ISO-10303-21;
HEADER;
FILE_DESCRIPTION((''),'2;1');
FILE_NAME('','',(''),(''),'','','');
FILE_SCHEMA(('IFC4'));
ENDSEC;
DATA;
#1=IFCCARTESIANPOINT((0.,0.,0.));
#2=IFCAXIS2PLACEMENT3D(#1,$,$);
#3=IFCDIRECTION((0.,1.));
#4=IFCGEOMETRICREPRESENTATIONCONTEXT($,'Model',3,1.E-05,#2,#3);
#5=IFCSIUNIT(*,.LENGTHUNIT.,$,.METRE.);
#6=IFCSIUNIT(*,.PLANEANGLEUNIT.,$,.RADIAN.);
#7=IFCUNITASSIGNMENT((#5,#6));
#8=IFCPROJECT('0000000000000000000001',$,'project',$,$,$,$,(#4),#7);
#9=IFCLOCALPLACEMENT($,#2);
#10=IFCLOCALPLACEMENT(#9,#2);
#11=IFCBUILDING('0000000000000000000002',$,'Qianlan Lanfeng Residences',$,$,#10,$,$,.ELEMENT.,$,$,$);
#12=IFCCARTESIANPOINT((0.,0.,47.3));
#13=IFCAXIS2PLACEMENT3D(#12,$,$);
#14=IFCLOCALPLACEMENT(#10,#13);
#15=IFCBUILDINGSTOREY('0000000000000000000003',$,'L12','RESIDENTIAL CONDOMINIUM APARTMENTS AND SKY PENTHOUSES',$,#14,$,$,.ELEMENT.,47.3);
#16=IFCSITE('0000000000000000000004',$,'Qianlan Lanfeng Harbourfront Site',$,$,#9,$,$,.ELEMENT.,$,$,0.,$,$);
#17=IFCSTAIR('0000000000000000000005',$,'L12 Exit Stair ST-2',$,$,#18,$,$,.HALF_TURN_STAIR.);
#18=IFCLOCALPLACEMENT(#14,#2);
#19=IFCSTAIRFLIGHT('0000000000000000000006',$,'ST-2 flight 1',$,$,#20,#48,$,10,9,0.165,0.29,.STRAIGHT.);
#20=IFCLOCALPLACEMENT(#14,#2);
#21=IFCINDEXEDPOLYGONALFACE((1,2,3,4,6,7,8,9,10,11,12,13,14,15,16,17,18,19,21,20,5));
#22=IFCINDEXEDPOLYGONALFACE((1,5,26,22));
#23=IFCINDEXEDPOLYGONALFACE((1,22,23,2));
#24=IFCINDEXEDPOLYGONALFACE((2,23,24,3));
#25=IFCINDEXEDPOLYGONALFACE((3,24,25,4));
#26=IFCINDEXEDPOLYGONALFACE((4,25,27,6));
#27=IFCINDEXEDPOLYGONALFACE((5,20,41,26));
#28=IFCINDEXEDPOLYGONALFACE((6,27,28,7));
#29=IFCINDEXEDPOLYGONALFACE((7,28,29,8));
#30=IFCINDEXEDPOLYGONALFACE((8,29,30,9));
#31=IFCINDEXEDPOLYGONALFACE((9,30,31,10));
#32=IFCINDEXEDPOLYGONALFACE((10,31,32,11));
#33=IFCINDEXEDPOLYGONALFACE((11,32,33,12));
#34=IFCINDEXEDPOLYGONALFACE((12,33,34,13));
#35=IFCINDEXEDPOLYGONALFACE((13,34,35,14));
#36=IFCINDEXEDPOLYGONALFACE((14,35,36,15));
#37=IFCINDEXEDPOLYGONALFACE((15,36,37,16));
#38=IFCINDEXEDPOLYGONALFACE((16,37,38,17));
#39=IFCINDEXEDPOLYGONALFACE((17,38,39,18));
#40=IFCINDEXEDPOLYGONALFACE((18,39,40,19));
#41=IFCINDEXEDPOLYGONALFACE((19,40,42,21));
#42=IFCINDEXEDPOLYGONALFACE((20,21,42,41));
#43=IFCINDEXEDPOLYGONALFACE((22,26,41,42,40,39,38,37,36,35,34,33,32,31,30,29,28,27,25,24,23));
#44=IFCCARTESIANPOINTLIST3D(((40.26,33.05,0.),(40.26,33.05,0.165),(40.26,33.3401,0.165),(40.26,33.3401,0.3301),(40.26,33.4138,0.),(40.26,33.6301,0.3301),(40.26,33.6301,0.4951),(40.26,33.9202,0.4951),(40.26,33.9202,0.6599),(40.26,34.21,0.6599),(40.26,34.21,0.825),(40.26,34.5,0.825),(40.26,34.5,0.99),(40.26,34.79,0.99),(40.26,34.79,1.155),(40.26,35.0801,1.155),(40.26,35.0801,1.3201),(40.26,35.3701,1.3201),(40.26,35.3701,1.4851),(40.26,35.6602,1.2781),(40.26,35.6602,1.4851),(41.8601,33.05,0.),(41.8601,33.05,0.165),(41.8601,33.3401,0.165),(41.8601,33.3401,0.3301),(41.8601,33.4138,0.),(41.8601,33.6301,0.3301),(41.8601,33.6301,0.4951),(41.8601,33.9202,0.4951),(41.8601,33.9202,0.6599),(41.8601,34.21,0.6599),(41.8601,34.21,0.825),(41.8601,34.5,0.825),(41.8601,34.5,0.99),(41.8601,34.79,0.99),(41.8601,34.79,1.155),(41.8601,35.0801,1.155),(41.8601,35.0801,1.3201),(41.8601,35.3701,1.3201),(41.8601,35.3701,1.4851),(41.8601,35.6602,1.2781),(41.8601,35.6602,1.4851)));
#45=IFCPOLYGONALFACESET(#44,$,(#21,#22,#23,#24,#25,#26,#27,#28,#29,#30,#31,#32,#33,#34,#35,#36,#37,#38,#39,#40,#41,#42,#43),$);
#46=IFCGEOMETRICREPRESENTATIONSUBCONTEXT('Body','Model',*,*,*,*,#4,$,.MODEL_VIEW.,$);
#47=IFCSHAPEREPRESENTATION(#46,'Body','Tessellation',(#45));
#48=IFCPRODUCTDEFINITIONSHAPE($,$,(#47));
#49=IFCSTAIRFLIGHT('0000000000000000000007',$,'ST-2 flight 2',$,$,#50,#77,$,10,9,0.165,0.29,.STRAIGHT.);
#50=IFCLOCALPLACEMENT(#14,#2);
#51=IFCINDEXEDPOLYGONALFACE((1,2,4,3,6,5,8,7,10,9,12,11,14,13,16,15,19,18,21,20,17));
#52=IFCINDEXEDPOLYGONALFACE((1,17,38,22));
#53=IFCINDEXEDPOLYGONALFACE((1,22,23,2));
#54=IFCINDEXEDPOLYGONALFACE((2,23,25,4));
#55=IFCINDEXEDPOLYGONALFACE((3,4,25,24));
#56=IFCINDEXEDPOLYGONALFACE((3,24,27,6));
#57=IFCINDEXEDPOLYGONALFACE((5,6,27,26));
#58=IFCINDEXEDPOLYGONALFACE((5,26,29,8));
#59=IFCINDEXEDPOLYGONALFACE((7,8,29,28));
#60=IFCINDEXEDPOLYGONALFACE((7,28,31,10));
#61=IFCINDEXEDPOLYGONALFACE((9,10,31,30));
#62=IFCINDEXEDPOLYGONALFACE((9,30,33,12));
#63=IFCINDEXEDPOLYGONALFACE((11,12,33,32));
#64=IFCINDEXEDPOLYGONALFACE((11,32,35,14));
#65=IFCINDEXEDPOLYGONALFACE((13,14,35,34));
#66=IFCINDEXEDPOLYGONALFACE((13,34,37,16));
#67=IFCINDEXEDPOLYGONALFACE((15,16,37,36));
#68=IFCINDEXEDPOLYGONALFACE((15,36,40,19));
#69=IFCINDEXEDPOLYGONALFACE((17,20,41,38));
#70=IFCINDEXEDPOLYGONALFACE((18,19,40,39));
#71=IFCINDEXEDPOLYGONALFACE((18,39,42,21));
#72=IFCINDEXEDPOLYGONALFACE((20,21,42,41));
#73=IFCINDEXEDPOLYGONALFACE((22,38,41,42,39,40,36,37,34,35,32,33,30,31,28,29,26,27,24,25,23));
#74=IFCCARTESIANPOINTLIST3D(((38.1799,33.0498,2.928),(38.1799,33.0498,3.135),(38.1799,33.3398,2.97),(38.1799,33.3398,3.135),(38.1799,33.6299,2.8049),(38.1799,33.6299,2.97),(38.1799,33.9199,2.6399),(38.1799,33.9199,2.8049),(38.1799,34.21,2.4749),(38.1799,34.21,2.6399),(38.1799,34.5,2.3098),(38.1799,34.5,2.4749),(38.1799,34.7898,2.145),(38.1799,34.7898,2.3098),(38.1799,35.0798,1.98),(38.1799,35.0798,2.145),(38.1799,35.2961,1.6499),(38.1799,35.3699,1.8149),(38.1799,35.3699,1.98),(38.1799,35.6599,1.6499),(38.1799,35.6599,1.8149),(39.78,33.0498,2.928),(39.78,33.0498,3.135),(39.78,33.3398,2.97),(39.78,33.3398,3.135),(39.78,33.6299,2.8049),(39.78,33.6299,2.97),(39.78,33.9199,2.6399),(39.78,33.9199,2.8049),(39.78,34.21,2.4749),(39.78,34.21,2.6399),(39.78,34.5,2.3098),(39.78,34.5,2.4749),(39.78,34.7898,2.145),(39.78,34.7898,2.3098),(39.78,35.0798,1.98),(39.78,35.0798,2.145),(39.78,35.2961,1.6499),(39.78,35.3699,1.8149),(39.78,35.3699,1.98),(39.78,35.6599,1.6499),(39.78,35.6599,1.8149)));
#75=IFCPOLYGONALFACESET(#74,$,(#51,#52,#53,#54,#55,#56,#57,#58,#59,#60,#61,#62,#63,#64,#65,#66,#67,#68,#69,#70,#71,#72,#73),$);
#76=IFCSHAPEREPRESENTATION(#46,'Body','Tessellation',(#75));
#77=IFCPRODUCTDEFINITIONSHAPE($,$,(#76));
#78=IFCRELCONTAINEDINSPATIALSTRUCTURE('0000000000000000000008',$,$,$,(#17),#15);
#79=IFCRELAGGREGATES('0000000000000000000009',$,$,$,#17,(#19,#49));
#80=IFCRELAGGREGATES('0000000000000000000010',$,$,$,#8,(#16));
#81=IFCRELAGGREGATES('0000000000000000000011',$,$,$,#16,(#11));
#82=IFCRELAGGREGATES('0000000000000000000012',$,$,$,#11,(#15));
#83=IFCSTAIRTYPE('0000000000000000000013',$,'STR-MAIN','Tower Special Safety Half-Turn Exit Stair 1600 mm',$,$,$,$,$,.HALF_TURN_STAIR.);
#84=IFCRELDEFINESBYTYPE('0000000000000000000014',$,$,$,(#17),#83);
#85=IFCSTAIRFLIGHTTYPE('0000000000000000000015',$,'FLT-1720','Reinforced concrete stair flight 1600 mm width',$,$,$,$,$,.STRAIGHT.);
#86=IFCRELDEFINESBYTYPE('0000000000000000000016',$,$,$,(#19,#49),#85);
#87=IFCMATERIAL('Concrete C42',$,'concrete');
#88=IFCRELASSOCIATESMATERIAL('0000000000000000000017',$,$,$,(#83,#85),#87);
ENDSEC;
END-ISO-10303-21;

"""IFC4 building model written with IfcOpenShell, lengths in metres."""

from ifc_helpers import new_model, si_unit, direction, frame, origin, place, context, subcontext, project, spatial, polyline, outline, extrude, material, type_object, element, aggregate, save


model = new_model("IFC4")

# Units and contexts
model_context = context("Model", 3, precision=1e-05, world=origin(), true_north=direction((0.0, 1.0)))
body_context = subcontext(model_context, "Body", "Model", "MODEL_VIEW")
ifc_project = project(units=[si_unit("LENGTHUNIT", "METRE"), si_unit("PLANEANGLEUNIT", "RADIAN")], contexts=[model_context])

# Site, building, storey
site_placement = place(None, origin())
site = spatial("IfcSite", under=ifc_project, at=site_placement, Name="Qianlan Lanfeng Harbourfront Site", CompositionType="ELEMENT", RefElevation=0.0)
building_placement = place(site_placement, origin())
building = spatial("IfcBuilding", under=site, at=building_placement, Name="Qianlan Lanfeng Residences", CompositionType="ELEMENT")
storey_placement = place(building_placement, frame((0.0, 0.0, 47.3)))
storey = spatial("IfcBuildingStorey", under=building, at=storey_placement, Name="L12", Description="RESIDENTIAL CONDOMINIUM APARTMENTS AND SKY PENTHOUSES", CompositionType="ELEMENT", Elevation=47.3)

# Shared definitions
ifc_material_1 = material(Name="Concrete C42", Category="concrete")

# Stair, stair flights
stair_type = type_object("IfcStairType", Name="STR-MAIN", Description="Tower Special Safety Half-Turn Exit Stair 1600 mm", PredefinedType="HALF_TURN_STAIR", material=ifc_material_1)
stair_placement = place(storey_placement, origin())
stair = element("IfcStair", 1, at=stair_placement, inside=storey, type_object=stair_type, Name="L12 Exit Stair ST-2", PredefinedType="HALF_TURN_STAIR")
stair_flight_type = type_object("IfcStairFlightType", Name="FLT-1720", Description="Reinforced concrete stair flight 1600 mm width", PredefinedType="STRAIGHT", material=ifc_material_1)
stair_flight_1_placement = place(storey_placement, frame((41.0601, 33.05, 0.0), z_axis=(0.0, 0.0, 1.0), x_axis=(0.0, 1.0, 0.0)))
stair_flight_1 = element("IfcStairFlight", 2, at=stair_flight_1_placement, type_object=stair_flight_type, Name="ST-2 flight 1", NumberOfRisers=10, NumberOfTreads=9, PredefinedType="STRAIGHT", RiserHeight=0.165, TreadLength=0.29, context=body_context, shape_type="SweptSolid", body=[
    extrude(outline(polyline([(0.0, 0.0), (0.0, 0.165), (0.29, 0.165), (0.29, 0.3301), (0.5801, 0.3301), (0.5801, 0.4951), (0.8701, 0.4951), (0.8701, 0.6599), (1.1599, 0.6599), (1.1599, 0.825), (1.45, 0.825), (1.45, 0.99), (1.74, 0.99), (1.74, 1.155), (2.03, 1.155), (2.03, 1.3201), (2.3201, 1.3201), (2.3201, 1.4851), (2.6101, 1.4851), (2.6101, 1.6499), (2.6101, 1.2781), (0.3638, 0.0), (0.0, 0.0)])), frame((0.0, 0.8, 0.0), z_axis=(0.0, -1.0, 0.0), x_axis=(1.0, 0.0, 0.0)), (0.0, 0.0, 1.0), 1.6001),
])
stair_flight_2_placement = place(storey_placement, frame((38.98, 35.6599, 1.6499), z_axis=(0.0, 0.0, 1.0), x_axis=(0.0, -1.0, 0.0)))
stair_flight_2 = element("IfcStairFlight", 3, at=stair_flight_2_placement, type_object=stair_flight_type, Name="ST-2 flight 2", NumberOfRisers=10, NumberOfTreads=9, PredefinedType="STRAIGHT", RiserHeight=0.165, TreadLength=0.29, context=body_context, shape_type="SweptSolid", body=[
    extrude(outline(polyline([(0.0, 0.0), (0.0, 0.165), (0.29, 0.165), (0.29, 0.3301), (0.5801, 0.3301), (0.5801, 0.4951), (0.8701, 0.4951), (0.8701, 0.6599), (1.1599, 0.6599), (1.1599, 0.825), (1.45, 0.825), (1.45, 0.99), (1.74, 0.99), (1.74, 1.155), (2.03, 1.155), (2.03, 1.3201), (2.3201, 1.3201), (2.3201, 1.4851), (2.6101, 1.4851), (2.6101, 1.6499), (2.6101, 1.2781), (0.3638, 0.0), (0.0, 0.0)])), frame((0.0, 0.8, 0.0), z_axis=(0.0, -1.0, 0.0), x_axis=(1.0, 0.0, 0.0)), (0.0, 0.0, 1.0), 1.6001),
])
aggregate(stair, [stair_flight_1, stair_flight_2])

save(model, "model.ifc")
